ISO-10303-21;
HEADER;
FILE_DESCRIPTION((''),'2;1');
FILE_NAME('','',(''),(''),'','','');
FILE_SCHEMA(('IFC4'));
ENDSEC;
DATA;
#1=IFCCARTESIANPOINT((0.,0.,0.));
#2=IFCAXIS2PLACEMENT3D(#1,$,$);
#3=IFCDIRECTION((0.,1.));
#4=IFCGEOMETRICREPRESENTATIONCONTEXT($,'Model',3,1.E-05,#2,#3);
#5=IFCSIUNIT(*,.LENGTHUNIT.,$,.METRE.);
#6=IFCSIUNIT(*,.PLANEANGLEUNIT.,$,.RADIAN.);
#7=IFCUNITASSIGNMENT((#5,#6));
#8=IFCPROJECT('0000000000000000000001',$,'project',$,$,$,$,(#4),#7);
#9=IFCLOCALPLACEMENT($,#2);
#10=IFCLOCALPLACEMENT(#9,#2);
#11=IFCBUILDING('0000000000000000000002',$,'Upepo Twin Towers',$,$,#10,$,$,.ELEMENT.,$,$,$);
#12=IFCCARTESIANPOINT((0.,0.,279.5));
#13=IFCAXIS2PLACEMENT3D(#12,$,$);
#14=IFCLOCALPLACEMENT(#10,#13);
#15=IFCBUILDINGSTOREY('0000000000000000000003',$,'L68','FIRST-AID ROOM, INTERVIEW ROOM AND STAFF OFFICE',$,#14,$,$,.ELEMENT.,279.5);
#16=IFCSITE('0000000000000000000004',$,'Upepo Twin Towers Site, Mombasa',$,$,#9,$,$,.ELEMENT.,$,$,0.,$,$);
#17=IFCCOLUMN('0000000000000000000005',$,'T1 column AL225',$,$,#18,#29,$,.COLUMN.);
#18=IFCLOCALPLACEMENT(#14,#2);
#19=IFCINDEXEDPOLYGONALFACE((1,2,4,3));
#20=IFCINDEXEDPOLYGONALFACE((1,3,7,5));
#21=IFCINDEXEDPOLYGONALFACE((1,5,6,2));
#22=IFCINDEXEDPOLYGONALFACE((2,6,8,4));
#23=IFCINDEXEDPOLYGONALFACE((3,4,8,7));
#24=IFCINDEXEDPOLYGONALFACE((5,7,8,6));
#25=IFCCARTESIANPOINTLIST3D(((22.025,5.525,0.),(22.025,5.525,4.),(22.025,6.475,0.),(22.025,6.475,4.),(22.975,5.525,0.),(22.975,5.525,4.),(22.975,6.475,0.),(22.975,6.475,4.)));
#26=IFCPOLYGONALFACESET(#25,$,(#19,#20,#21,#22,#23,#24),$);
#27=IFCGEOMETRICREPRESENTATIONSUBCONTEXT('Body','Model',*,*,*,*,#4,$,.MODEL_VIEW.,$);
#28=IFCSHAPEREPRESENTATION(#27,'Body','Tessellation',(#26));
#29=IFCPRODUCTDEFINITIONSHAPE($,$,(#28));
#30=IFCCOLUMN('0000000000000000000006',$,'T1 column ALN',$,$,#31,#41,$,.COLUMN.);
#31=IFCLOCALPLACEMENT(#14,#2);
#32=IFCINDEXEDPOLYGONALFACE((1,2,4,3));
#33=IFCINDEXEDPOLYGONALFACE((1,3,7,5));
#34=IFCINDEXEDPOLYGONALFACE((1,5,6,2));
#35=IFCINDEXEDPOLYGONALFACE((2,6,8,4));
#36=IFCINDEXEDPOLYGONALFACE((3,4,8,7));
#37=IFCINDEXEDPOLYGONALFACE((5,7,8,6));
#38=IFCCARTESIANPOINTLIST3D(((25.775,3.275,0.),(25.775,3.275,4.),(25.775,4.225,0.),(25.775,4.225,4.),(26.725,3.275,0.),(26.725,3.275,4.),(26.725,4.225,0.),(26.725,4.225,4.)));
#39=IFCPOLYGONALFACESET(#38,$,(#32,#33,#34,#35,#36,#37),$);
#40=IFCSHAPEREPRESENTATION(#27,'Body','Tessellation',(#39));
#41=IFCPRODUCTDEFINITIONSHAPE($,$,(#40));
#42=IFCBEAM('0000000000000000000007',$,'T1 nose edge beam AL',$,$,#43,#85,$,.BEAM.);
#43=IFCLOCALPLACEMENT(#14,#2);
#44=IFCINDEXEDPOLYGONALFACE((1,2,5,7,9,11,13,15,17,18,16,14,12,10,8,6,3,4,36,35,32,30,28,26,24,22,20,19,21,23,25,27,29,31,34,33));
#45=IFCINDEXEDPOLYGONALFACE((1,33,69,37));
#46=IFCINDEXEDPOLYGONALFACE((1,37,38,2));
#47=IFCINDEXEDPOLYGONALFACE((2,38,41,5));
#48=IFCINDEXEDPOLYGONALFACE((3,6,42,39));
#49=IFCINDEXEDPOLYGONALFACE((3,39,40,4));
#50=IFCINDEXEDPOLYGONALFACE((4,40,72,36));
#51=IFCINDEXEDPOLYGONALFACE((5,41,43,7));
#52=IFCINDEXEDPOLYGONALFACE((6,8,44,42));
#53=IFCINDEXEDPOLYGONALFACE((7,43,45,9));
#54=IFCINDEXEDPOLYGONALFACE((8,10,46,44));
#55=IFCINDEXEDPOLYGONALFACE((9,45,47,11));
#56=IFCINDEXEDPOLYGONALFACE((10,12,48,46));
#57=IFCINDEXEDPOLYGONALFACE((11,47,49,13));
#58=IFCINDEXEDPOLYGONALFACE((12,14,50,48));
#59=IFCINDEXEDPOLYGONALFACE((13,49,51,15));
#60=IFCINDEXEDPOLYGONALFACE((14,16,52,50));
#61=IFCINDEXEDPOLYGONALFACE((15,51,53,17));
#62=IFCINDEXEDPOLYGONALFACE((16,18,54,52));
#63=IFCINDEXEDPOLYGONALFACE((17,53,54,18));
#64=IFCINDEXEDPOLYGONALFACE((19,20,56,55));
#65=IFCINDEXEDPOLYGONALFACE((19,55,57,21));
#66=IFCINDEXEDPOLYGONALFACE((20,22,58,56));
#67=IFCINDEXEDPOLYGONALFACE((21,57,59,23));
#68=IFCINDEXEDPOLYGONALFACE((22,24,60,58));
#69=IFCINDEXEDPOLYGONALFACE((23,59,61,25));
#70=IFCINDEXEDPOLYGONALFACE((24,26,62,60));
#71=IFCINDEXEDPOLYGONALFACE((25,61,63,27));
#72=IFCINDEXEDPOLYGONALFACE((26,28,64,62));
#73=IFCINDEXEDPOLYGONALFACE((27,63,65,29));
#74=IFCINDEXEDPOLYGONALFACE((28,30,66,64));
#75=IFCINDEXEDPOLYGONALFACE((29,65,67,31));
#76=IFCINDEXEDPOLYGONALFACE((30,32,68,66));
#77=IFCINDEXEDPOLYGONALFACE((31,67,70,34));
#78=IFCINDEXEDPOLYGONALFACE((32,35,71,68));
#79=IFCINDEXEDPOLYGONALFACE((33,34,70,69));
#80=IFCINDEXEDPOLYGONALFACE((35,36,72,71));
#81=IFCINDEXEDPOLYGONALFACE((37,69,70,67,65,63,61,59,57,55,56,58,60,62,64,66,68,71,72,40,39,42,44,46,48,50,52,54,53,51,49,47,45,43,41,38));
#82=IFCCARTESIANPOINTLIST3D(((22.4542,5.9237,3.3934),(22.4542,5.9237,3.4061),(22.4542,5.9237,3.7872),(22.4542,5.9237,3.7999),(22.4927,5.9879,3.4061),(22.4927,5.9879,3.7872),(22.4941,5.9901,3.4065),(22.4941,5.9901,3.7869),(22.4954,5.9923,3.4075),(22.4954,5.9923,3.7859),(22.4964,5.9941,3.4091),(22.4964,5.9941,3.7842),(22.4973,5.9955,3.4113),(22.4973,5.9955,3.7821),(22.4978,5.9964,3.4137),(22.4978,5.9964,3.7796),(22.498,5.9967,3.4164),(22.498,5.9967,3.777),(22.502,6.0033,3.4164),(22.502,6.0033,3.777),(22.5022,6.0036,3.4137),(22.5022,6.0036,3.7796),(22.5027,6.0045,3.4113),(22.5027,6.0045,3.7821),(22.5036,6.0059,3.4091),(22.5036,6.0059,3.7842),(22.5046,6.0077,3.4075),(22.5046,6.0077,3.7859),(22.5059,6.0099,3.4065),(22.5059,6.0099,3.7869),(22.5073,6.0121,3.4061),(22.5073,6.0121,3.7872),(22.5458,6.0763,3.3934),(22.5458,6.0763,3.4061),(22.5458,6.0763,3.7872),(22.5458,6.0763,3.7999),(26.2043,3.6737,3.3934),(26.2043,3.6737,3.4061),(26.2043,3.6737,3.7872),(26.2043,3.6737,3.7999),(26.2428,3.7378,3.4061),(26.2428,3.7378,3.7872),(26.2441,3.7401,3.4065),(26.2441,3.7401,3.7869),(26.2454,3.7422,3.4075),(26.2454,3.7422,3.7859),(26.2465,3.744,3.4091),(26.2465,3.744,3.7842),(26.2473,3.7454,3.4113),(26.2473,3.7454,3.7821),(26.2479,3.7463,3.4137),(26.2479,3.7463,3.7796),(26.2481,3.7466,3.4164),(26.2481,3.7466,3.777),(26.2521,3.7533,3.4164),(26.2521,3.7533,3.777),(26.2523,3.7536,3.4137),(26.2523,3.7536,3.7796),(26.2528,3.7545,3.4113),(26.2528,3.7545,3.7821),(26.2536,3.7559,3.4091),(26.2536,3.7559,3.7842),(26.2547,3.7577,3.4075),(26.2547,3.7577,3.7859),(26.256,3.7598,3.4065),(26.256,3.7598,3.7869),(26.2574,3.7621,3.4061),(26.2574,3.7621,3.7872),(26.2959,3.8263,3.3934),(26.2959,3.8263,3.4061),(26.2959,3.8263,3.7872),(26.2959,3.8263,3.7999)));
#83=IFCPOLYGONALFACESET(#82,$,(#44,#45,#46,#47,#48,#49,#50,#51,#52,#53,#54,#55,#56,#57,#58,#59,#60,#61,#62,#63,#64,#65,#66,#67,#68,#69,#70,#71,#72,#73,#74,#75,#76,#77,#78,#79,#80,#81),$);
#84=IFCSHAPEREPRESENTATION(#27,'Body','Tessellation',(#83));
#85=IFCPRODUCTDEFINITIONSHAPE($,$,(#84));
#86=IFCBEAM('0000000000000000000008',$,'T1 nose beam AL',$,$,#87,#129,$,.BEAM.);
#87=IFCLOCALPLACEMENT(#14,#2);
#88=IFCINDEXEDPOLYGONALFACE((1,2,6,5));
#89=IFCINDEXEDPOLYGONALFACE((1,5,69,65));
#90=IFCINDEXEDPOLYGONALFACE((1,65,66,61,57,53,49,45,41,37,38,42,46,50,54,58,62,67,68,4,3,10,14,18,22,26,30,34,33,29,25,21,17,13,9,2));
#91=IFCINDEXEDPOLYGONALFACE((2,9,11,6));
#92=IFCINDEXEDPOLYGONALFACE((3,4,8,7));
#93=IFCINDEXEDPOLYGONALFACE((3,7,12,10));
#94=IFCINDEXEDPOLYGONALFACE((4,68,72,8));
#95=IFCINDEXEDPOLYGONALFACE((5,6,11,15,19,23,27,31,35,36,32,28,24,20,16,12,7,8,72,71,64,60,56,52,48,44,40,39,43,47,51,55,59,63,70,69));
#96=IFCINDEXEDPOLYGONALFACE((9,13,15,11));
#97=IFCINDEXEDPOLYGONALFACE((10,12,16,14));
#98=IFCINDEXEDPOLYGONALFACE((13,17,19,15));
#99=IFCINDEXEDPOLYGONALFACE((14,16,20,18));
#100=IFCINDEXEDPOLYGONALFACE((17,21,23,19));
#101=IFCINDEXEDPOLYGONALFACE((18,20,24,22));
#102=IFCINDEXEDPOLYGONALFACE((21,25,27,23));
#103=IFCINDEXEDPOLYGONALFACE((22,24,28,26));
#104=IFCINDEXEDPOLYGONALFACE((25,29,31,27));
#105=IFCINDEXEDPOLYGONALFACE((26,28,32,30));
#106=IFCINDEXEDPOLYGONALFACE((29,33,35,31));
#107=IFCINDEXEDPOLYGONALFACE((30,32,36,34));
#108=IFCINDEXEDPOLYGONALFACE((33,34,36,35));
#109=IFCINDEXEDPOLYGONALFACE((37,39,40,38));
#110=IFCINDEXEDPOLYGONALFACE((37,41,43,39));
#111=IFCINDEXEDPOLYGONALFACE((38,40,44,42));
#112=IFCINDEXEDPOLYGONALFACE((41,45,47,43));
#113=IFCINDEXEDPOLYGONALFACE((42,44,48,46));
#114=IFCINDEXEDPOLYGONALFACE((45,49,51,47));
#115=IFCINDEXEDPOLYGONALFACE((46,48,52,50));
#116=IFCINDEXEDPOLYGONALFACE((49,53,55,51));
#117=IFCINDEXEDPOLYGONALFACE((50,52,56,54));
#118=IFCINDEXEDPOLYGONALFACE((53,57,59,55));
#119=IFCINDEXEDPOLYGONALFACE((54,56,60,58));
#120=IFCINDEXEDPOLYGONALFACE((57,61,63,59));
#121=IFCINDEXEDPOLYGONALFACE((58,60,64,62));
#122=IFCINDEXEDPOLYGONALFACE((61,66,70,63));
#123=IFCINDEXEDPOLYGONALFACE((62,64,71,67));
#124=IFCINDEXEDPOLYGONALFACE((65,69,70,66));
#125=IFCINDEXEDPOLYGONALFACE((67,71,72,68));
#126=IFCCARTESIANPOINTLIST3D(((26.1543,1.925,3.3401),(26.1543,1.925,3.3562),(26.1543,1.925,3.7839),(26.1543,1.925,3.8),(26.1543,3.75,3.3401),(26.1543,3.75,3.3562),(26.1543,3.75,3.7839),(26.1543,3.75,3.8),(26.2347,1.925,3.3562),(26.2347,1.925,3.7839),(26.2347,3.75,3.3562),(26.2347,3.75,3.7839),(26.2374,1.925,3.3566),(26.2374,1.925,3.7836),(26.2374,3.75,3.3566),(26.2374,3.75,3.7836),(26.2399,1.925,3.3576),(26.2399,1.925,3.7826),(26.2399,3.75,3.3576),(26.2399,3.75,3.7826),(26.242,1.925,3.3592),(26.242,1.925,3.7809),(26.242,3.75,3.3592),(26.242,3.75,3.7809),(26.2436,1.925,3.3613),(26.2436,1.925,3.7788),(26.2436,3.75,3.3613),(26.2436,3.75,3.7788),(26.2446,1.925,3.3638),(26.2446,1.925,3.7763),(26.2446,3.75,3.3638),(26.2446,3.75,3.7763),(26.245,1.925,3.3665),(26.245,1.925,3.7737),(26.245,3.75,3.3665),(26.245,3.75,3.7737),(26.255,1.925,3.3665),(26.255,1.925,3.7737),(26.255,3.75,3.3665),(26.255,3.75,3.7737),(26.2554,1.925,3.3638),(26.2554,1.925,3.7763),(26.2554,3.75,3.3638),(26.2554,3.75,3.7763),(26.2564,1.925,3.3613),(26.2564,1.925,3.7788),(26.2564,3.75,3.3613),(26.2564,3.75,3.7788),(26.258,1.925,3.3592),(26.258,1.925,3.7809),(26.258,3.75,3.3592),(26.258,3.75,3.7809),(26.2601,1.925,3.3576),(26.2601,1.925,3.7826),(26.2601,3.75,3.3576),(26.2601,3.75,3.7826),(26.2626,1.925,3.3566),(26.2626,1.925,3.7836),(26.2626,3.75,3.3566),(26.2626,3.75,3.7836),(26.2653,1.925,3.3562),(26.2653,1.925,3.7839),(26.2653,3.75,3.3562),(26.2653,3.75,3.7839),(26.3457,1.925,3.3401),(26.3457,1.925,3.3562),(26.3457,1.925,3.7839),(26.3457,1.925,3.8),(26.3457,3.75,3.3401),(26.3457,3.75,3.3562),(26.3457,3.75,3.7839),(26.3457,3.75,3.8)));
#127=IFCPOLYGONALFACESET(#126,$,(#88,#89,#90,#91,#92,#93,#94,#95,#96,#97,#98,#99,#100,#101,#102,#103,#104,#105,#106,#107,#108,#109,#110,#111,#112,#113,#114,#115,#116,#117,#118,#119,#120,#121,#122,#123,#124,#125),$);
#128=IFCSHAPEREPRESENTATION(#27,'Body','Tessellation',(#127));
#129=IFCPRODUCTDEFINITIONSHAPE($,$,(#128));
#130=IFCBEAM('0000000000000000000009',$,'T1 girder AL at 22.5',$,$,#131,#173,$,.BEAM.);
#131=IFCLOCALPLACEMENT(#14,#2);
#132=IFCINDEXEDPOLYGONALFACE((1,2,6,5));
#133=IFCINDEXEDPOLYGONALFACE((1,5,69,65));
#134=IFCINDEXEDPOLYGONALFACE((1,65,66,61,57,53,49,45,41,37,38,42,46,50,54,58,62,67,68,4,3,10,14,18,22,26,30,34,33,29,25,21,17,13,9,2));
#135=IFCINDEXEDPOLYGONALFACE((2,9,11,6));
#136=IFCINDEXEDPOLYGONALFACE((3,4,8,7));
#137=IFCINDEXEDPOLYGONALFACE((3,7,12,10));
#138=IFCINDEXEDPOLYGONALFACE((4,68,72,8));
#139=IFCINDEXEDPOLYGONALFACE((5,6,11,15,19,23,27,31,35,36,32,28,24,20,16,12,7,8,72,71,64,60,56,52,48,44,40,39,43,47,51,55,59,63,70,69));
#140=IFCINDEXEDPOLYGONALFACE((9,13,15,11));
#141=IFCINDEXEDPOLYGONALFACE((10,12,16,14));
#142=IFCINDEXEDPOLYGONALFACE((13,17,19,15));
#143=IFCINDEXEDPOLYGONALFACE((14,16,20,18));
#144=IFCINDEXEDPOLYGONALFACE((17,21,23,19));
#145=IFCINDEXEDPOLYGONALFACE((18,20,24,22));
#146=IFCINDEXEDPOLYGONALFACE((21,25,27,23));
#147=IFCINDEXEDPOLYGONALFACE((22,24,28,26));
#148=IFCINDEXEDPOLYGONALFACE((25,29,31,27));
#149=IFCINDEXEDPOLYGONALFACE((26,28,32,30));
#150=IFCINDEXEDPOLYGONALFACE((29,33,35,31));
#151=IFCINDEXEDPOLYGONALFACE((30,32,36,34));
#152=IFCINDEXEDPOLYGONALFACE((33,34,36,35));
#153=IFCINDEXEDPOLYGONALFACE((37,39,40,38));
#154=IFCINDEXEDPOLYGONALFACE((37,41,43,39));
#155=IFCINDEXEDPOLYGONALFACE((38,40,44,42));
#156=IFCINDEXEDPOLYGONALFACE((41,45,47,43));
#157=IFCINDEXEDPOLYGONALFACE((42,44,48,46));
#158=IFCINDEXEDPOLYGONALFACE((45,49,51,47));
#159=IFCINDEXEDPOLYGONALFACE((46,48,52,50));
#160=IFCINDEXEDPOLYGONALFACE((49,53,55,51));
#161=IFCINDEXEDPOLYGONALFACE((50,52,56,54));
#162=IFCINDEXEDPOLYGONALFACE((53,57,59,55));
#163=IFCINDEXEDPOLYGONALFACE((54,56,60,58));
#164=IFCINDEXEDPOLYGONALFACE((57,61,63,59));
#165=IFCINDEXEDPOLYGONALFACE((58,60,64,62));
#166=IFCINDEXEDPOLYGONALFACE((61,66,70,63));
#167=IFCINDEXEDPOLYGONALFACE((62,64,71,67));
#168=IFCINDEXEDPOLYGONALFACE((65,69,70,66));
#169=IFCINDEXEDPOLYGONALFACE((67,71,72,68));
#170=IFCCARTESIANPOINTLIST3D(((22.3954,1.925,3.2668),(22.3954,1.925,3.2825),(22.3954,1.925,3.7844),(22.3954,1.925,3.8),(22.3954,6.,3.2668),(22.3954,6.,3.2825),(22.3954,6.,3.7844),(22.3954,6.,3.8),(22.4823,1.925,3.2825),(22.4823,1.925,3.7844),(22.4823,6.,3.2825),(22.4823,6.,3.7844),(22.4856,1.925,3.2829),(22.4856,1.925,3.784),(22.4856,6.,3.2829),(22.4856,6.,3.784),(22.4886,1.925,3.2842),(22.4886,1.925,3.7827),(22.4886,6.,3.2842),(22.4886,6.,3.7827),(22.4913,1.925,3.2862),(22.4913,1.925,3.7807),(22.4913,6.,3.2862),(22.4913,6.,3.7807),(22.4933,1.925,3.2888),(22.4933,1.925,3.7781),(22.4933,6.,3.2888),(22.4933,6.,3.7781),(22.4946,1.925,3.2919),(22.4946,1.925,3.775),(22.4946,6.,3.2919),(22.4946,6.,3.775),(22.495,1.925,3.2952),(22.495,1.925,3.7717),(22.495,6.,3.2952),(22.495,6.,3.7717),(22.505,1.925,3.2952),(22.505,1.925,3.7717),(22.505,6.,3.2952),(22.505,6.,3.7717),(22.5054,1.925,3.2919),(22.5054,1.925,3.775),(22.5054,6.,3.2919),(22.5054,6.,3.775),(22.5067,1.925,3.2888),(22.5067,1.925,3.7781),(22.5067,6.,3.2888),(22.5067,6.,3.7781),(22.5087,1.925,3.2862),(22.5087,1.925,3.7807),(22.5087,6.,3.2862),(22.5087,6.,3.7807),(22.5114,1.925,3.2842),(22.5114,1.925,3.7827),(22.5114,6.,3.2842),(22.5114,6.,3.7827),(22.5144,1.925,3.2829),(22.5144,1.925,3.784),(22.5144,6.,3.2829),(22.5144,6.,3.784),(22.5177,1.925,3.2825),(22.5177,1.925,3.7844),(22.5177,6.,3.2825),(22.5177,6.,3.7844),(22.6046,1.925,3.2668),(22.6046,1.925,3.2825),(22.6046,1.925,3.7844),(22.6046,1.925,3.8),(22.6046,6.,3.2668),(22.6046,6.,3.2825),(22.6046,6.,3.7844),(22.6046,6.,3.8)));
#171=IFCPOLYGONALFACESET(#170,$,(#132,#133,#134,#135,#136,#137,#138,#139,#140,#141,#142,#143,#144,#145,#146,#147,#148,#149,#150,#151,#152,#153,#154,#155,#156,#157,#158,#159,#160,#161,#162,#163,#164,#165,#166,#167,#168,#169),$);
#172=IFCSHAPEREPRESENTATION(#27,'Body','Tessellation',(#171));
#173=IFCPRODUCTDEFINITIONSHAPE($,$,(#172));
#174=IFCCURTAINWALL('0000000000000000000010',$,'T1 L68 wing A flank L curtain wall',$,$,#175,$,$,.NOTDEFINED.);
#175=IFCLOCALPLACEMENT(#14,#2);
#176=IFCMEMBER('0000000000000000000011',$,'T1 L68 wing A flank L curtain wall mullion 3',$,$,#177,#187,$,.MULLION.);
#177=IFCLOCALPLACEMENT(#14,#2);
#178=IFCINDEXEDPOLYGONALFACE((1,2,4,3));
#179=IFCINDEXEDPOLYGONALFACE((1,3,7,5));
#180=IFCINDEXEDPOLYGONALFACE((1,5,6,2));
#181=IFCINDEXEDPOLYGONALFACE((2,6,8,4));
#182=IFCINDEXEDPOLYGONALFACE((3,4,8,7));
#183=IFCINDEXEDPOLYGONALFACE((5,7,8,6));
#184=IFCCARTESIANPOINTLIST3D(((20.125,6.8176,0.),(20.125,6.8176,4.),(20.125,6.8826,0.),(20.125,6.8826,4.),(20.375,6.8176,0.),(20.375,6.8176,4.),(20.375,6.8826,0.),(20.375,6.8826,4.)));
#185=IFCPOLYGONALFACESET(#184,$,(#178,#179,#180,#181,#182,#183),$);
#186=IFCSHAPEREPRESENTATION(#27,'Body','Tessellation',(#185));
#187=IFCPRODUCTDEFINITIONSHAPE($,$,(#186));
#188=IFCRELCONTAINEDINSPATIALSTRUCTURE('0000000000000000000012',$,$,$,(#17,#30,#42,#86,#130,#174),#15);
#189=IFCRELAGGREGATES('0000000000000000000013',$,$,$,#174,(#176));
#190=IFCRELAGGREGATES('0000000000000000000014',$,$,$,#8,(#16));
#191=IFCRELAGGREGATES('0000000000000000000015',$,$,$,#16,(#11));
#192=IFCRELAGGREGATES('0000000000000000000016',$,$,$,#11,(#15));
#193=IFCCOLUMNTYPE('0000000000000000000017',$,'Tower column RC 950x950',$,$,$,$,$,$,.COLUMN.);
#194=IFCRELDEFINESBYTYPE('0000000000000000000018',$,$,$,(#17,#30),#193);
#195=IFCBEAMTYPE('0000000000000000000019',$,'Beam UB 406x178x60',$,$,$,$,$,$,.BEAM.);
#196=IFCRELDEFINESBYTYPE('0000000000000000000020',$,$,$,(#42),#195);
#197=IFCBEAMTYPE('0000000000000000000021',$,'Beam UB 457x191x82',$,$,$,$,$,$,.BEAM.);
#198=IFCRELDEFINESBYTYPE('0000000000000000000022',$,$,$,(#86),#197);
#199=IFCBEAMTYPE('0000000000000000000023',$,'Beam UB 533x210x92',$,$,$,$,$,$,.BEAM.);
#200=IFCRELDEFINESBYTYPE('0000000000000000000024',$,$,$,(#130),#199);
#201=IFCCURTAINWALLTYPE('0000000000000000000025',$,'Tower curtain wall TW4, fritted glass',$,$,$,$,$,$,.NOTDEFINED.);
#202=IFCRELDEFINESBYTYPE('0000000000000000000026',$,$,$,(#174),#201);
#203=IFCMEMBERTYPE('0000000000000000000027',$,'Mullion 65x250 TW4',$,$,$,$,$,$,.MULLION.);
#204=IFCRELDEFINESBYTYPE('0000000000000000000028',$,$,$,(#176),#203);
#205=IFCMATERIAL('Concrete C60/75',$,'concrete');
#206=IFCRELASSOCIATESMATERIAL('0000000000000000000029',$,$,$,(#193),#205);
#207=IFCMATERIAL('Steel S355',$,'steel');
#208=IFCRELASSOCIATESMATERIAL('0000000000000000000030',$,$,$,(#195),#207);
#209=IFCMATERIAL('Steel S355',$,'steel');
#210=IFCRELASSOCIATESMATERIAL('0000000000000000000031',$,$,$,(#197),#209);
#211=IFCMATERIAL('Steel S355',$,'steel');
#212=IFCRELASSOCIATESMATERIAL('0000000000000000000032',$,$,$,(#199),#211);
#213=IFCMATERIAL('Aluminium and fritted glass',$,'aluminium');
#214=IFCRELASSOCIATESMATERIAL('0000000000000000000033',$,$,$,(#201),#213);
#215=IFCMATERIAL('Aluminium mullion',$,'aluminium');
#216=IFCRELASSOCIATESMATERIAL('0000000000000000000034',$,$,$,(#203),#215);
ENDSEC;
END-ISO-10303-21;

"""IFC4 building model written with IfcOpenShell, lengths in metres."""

from ifc_helpers import new_model, si_unit, direction, frame, origin, origin_2d, place, context, subcontext, project, spatial, rectangle, i_section, extrude, material, material_profile, profile_set, type_object, element, aggregate, save


model = new_model("IFC4")

# Units and contexts
model_context = context("Model", 3, precision=1e-05, world=origin(), true_north=direction((0.0, 1.0)))
body_context = subcontext(model_context, "Body", "Model", "MODEL_VIEW")
ifc_project = project(units=[si_unit("LENGTHUNIT", "METRE"), si_unit("PLANEANGLEUNIT", "RADIAN")], contexts=[model_context])

# Site, building, storey
site_placement = place(None, origin())
site = spatial("IfcSite", under=ifc_project, at=site_placement, Name="Upepo Twin Towers Site, Mombasa", CompositionType="ELEMENT", RefElevation=0.0)
building_placement = place(site_placement, origin())
building = spatial("IfcBuilding", under=site, at=building_placement, Name="Upepo Twin Towers", CompositionType="ELEMENT")
storey_placement = place(building_placement, frame((0.0, 0.0, 279.5)))
storey = spatial("IfcBuildingStorey", under=building, at=storey_placement, Name="L68", Description="FIRST-AID ROOM, INTERVIEW ROOM AND STAFF OFFICE", CompositionType="ELEMENT", Elevation=279.5)

# Columns
ifc_material_1 = material(Name="Concrete C60/75", Category="concrete")
ifc_material_profile_1 = material_profile(ifc_material_1, rectangle(XDim=0.95, YDim=0.95, at=origin_2d()), Name="RC 950x950")
ifc_profile_set_1 = profile_set([ifc_material_profile_1], Name="Concrete C60/75")
column_type = type_object("IfcColumnType", Name="Tower column RC 950x950", PredefinedType="COLUMN", material=ifc_profile_set_1)
for number, where, z_axis, x_axis, name in (
    (1, (22.5, 6.0, 0.0), (0.0, 0.0, 1.0), (1.0, 0.0, 0.0), "T1 column AL225"),
    (2, (26.25, 3.75, 0.0), (0.0, 0.0, 1.0), (1.0, 0.0, 0.0), "T1 column ALN"),
):
    element("IfcColumn", number, at=place(storey_placement, frame(where, z_axis=z_axis, x_axis=x_axis)), inside=storey, type_object=column_type, Name=name, PredefinedType="COLUMN", context=body_context, shape_type="SweptSolid", body=[
        extrude(rectangle(XDim=0.95, YDim=0.95, at=origin_2d()), origin(), (0.0, 0.0, 1.0), 4.0),
    ])

# Beams
ifc_material_2 = material(Name="Steel S355", Category="steel")
ifc_material_profile_2 = material_profile(ifc_material_2, i_section(OverallWidth=0.178, OverallDepth=0.4065, WebThickness=0.0078, FlangeThickness=0.0127, FilletRadius=0.0103, at=origin_2d()), Name="UB 406x178x60")
ifc_profile_set_2 = profile_set([ifc_material_profile_2], Name="Steel S355")
beam_type_1 = type_object("IfcBeamType", Name="Beam UB 406x178x60", PredefinedType="BEAM", material=ifc_profile_set_2)
beam_1_placement = place(storey_placement, frame((22.5, 6.0, 3.5967), z_axis=(0.857493, -0.514496, 0.0), x_axis=(0.514496, 0.857493, 0.0)))
element("IfcBeam", 3, at=beam_1_placement, inside=storey, type_object=beam_type_1, Name="T1 nose edge beam AL", PredefinedType="BEAM", context=body_context, shape_type="SweptSolid", body=[
    extrude(i_section(OverallWidth=0.178, OverallDepth=0.4065, WebThickness=0.0078, FlangeThickness=0.0127, FilletRadius=0.0103, at=origin_2d()), origin(), (0.0, 0.0, 1.0), 4.3733),
])
ifc_material_3 = material(Name="Steel S355", Category="steel")
ifc_material_profile_3 = material_profile(ifc_material_3, i_section(OverallWidth=0.1914, OverallDepth=0.46, WebThickness=0.01, FlangeThickness=0.0161, FilletRadius=0.0103, at=origin_2d()), Name="UB 457x191x82")
ifc_profile_set_3 = profile_set([ifc_material_profile_3], Name="Steel S355")
beam_type_2 = type_object("IfcBeamType", Name="Beam UB 457x191x82", PredefinedType="BEAM", material=ifc_profile_set_3)
beam_2_placement = place(storey_placement, frame((26.25, 3.75, 3.5701), z_axis=(0.0, -1.0, 0.0), x_axis=(1.0, 0.0, 0.0)))
element("IfcBeam", 4, at=beam_2_placement, inside=storey, type_object=beam_type_2, Name="T1 nose beam AL", PredefinedType="BEAM", context=body_context, shape_type="SweptSolid", body=[
    extrude(i_section(OverallWidth=0.1914, OverallDepth=0.46, WebThickness=0.01, FlangeThickness=0.0161, FilletRadius=0.0103, at=origin_2d()), origin(), (0.0, 0.0, 1.0), 1.825),
])
ifc_material_4 = material(Name="Steel S355", Category="steel")
ifc_material_profile_4 = material_profile(ifc_material_4, i_section(OverallWidth=0.2092, OverallDepth=0.5332, WebThickness=0.01, FlangeThickness=0.0156, FilletRadius=0.0127, at=origin_2d()), Name="UB 533x210x92")
ifc_profile_set_4 = profile_set([ifc_material_profile_4], Name="Steel S355")
beam_type_3 = type_object("IfcBeamType", Name="Beam UB 533x210x92", PredefinedType="BEAM", material=ifc_profile_set_4)
beam_3_placement = place(storey_placement, frame((22.5, 6.0, 3.5334), z_axis=(0.0, -1.0, 0.0), x_axis=(1.0, 0.0, 0.0)))
element("IfcBeam", 5, at=beam_3_placement, inside=storey, type_object=beam_type_3, Name="T1 girder AL at 22.5", PredefinedType="BEAM", context=body_context, shape_type="SweptSolid", body=[
    extrude(i_section(OverallWidth=0.2092, OverallDepth=0.5332, WebThickness=0.01, FlangeThickness=0.0156, FilletRadius=0.0127, at=origin_2d()), origin(), (0.0, 0.0, 1.0), 4.075),
])

# Curtain wall, member
ifc_material_5 = material(Name="Aluminium and fritted glass", Category="aluminium")
curtain_wall_type = type_object("IfcCurtainWallType", Name="Tower curtain wall TW4, fritted glass", PredefinedType="NOTDEFINED", material=ifc_material_5)
curtain_wall_1_placement = place(storey_placement, origin())
curtain_wall_1 = element("IfcCurtainWall", 6, at=curtain_wall_1_placement, inside=storey, type_object=curtain_wall_type, Name="T1 L68 wing A flank L curtain wall", PredefinedType="NOTDEFINED")
ifc_material_6 = material(Name="Aluminium mullion", Category="aluminium")
ifc_material_profile_5 = material_profile(ifc_material_6, rectangle(XDim=0.0649, YDim=0.25, at=origin_2d()), Name="MULLION 65x250")
ifc_profile_set_5 = profile_set([ifc_material_profile_5], Name="Aluminium mullion")
member_type_1 = type_object("IfcMemberType", Name="Mullion 65x250 TW4", PredefinedType="MULLION", material=ifc_profile_set_5)
member_1_placement = place(storey_placement, frame((20.25, 6.8501, 0.0), z_axis=(0.0, 0.0, 1.0), x_axis=(0.0, 1.0, 0.0)))
member_1 = element("IfcMember", 7, at=member_1_placement, type_object=member_type_1, Name="T1 L68 wing A flank L curtain wall mullion 3", PredefinedType="MULLION", context=body_context, shape_type="SweptSolid", body=[
    extrude(rectangle(XDim=0.0649, YDim=0.25, at=origin_2d()), origin(), (0.0, 0.0, 1.0), 4.0),
])

aggregate(curtain_wall_1, [member_1])

save(model, "model.ifc")
